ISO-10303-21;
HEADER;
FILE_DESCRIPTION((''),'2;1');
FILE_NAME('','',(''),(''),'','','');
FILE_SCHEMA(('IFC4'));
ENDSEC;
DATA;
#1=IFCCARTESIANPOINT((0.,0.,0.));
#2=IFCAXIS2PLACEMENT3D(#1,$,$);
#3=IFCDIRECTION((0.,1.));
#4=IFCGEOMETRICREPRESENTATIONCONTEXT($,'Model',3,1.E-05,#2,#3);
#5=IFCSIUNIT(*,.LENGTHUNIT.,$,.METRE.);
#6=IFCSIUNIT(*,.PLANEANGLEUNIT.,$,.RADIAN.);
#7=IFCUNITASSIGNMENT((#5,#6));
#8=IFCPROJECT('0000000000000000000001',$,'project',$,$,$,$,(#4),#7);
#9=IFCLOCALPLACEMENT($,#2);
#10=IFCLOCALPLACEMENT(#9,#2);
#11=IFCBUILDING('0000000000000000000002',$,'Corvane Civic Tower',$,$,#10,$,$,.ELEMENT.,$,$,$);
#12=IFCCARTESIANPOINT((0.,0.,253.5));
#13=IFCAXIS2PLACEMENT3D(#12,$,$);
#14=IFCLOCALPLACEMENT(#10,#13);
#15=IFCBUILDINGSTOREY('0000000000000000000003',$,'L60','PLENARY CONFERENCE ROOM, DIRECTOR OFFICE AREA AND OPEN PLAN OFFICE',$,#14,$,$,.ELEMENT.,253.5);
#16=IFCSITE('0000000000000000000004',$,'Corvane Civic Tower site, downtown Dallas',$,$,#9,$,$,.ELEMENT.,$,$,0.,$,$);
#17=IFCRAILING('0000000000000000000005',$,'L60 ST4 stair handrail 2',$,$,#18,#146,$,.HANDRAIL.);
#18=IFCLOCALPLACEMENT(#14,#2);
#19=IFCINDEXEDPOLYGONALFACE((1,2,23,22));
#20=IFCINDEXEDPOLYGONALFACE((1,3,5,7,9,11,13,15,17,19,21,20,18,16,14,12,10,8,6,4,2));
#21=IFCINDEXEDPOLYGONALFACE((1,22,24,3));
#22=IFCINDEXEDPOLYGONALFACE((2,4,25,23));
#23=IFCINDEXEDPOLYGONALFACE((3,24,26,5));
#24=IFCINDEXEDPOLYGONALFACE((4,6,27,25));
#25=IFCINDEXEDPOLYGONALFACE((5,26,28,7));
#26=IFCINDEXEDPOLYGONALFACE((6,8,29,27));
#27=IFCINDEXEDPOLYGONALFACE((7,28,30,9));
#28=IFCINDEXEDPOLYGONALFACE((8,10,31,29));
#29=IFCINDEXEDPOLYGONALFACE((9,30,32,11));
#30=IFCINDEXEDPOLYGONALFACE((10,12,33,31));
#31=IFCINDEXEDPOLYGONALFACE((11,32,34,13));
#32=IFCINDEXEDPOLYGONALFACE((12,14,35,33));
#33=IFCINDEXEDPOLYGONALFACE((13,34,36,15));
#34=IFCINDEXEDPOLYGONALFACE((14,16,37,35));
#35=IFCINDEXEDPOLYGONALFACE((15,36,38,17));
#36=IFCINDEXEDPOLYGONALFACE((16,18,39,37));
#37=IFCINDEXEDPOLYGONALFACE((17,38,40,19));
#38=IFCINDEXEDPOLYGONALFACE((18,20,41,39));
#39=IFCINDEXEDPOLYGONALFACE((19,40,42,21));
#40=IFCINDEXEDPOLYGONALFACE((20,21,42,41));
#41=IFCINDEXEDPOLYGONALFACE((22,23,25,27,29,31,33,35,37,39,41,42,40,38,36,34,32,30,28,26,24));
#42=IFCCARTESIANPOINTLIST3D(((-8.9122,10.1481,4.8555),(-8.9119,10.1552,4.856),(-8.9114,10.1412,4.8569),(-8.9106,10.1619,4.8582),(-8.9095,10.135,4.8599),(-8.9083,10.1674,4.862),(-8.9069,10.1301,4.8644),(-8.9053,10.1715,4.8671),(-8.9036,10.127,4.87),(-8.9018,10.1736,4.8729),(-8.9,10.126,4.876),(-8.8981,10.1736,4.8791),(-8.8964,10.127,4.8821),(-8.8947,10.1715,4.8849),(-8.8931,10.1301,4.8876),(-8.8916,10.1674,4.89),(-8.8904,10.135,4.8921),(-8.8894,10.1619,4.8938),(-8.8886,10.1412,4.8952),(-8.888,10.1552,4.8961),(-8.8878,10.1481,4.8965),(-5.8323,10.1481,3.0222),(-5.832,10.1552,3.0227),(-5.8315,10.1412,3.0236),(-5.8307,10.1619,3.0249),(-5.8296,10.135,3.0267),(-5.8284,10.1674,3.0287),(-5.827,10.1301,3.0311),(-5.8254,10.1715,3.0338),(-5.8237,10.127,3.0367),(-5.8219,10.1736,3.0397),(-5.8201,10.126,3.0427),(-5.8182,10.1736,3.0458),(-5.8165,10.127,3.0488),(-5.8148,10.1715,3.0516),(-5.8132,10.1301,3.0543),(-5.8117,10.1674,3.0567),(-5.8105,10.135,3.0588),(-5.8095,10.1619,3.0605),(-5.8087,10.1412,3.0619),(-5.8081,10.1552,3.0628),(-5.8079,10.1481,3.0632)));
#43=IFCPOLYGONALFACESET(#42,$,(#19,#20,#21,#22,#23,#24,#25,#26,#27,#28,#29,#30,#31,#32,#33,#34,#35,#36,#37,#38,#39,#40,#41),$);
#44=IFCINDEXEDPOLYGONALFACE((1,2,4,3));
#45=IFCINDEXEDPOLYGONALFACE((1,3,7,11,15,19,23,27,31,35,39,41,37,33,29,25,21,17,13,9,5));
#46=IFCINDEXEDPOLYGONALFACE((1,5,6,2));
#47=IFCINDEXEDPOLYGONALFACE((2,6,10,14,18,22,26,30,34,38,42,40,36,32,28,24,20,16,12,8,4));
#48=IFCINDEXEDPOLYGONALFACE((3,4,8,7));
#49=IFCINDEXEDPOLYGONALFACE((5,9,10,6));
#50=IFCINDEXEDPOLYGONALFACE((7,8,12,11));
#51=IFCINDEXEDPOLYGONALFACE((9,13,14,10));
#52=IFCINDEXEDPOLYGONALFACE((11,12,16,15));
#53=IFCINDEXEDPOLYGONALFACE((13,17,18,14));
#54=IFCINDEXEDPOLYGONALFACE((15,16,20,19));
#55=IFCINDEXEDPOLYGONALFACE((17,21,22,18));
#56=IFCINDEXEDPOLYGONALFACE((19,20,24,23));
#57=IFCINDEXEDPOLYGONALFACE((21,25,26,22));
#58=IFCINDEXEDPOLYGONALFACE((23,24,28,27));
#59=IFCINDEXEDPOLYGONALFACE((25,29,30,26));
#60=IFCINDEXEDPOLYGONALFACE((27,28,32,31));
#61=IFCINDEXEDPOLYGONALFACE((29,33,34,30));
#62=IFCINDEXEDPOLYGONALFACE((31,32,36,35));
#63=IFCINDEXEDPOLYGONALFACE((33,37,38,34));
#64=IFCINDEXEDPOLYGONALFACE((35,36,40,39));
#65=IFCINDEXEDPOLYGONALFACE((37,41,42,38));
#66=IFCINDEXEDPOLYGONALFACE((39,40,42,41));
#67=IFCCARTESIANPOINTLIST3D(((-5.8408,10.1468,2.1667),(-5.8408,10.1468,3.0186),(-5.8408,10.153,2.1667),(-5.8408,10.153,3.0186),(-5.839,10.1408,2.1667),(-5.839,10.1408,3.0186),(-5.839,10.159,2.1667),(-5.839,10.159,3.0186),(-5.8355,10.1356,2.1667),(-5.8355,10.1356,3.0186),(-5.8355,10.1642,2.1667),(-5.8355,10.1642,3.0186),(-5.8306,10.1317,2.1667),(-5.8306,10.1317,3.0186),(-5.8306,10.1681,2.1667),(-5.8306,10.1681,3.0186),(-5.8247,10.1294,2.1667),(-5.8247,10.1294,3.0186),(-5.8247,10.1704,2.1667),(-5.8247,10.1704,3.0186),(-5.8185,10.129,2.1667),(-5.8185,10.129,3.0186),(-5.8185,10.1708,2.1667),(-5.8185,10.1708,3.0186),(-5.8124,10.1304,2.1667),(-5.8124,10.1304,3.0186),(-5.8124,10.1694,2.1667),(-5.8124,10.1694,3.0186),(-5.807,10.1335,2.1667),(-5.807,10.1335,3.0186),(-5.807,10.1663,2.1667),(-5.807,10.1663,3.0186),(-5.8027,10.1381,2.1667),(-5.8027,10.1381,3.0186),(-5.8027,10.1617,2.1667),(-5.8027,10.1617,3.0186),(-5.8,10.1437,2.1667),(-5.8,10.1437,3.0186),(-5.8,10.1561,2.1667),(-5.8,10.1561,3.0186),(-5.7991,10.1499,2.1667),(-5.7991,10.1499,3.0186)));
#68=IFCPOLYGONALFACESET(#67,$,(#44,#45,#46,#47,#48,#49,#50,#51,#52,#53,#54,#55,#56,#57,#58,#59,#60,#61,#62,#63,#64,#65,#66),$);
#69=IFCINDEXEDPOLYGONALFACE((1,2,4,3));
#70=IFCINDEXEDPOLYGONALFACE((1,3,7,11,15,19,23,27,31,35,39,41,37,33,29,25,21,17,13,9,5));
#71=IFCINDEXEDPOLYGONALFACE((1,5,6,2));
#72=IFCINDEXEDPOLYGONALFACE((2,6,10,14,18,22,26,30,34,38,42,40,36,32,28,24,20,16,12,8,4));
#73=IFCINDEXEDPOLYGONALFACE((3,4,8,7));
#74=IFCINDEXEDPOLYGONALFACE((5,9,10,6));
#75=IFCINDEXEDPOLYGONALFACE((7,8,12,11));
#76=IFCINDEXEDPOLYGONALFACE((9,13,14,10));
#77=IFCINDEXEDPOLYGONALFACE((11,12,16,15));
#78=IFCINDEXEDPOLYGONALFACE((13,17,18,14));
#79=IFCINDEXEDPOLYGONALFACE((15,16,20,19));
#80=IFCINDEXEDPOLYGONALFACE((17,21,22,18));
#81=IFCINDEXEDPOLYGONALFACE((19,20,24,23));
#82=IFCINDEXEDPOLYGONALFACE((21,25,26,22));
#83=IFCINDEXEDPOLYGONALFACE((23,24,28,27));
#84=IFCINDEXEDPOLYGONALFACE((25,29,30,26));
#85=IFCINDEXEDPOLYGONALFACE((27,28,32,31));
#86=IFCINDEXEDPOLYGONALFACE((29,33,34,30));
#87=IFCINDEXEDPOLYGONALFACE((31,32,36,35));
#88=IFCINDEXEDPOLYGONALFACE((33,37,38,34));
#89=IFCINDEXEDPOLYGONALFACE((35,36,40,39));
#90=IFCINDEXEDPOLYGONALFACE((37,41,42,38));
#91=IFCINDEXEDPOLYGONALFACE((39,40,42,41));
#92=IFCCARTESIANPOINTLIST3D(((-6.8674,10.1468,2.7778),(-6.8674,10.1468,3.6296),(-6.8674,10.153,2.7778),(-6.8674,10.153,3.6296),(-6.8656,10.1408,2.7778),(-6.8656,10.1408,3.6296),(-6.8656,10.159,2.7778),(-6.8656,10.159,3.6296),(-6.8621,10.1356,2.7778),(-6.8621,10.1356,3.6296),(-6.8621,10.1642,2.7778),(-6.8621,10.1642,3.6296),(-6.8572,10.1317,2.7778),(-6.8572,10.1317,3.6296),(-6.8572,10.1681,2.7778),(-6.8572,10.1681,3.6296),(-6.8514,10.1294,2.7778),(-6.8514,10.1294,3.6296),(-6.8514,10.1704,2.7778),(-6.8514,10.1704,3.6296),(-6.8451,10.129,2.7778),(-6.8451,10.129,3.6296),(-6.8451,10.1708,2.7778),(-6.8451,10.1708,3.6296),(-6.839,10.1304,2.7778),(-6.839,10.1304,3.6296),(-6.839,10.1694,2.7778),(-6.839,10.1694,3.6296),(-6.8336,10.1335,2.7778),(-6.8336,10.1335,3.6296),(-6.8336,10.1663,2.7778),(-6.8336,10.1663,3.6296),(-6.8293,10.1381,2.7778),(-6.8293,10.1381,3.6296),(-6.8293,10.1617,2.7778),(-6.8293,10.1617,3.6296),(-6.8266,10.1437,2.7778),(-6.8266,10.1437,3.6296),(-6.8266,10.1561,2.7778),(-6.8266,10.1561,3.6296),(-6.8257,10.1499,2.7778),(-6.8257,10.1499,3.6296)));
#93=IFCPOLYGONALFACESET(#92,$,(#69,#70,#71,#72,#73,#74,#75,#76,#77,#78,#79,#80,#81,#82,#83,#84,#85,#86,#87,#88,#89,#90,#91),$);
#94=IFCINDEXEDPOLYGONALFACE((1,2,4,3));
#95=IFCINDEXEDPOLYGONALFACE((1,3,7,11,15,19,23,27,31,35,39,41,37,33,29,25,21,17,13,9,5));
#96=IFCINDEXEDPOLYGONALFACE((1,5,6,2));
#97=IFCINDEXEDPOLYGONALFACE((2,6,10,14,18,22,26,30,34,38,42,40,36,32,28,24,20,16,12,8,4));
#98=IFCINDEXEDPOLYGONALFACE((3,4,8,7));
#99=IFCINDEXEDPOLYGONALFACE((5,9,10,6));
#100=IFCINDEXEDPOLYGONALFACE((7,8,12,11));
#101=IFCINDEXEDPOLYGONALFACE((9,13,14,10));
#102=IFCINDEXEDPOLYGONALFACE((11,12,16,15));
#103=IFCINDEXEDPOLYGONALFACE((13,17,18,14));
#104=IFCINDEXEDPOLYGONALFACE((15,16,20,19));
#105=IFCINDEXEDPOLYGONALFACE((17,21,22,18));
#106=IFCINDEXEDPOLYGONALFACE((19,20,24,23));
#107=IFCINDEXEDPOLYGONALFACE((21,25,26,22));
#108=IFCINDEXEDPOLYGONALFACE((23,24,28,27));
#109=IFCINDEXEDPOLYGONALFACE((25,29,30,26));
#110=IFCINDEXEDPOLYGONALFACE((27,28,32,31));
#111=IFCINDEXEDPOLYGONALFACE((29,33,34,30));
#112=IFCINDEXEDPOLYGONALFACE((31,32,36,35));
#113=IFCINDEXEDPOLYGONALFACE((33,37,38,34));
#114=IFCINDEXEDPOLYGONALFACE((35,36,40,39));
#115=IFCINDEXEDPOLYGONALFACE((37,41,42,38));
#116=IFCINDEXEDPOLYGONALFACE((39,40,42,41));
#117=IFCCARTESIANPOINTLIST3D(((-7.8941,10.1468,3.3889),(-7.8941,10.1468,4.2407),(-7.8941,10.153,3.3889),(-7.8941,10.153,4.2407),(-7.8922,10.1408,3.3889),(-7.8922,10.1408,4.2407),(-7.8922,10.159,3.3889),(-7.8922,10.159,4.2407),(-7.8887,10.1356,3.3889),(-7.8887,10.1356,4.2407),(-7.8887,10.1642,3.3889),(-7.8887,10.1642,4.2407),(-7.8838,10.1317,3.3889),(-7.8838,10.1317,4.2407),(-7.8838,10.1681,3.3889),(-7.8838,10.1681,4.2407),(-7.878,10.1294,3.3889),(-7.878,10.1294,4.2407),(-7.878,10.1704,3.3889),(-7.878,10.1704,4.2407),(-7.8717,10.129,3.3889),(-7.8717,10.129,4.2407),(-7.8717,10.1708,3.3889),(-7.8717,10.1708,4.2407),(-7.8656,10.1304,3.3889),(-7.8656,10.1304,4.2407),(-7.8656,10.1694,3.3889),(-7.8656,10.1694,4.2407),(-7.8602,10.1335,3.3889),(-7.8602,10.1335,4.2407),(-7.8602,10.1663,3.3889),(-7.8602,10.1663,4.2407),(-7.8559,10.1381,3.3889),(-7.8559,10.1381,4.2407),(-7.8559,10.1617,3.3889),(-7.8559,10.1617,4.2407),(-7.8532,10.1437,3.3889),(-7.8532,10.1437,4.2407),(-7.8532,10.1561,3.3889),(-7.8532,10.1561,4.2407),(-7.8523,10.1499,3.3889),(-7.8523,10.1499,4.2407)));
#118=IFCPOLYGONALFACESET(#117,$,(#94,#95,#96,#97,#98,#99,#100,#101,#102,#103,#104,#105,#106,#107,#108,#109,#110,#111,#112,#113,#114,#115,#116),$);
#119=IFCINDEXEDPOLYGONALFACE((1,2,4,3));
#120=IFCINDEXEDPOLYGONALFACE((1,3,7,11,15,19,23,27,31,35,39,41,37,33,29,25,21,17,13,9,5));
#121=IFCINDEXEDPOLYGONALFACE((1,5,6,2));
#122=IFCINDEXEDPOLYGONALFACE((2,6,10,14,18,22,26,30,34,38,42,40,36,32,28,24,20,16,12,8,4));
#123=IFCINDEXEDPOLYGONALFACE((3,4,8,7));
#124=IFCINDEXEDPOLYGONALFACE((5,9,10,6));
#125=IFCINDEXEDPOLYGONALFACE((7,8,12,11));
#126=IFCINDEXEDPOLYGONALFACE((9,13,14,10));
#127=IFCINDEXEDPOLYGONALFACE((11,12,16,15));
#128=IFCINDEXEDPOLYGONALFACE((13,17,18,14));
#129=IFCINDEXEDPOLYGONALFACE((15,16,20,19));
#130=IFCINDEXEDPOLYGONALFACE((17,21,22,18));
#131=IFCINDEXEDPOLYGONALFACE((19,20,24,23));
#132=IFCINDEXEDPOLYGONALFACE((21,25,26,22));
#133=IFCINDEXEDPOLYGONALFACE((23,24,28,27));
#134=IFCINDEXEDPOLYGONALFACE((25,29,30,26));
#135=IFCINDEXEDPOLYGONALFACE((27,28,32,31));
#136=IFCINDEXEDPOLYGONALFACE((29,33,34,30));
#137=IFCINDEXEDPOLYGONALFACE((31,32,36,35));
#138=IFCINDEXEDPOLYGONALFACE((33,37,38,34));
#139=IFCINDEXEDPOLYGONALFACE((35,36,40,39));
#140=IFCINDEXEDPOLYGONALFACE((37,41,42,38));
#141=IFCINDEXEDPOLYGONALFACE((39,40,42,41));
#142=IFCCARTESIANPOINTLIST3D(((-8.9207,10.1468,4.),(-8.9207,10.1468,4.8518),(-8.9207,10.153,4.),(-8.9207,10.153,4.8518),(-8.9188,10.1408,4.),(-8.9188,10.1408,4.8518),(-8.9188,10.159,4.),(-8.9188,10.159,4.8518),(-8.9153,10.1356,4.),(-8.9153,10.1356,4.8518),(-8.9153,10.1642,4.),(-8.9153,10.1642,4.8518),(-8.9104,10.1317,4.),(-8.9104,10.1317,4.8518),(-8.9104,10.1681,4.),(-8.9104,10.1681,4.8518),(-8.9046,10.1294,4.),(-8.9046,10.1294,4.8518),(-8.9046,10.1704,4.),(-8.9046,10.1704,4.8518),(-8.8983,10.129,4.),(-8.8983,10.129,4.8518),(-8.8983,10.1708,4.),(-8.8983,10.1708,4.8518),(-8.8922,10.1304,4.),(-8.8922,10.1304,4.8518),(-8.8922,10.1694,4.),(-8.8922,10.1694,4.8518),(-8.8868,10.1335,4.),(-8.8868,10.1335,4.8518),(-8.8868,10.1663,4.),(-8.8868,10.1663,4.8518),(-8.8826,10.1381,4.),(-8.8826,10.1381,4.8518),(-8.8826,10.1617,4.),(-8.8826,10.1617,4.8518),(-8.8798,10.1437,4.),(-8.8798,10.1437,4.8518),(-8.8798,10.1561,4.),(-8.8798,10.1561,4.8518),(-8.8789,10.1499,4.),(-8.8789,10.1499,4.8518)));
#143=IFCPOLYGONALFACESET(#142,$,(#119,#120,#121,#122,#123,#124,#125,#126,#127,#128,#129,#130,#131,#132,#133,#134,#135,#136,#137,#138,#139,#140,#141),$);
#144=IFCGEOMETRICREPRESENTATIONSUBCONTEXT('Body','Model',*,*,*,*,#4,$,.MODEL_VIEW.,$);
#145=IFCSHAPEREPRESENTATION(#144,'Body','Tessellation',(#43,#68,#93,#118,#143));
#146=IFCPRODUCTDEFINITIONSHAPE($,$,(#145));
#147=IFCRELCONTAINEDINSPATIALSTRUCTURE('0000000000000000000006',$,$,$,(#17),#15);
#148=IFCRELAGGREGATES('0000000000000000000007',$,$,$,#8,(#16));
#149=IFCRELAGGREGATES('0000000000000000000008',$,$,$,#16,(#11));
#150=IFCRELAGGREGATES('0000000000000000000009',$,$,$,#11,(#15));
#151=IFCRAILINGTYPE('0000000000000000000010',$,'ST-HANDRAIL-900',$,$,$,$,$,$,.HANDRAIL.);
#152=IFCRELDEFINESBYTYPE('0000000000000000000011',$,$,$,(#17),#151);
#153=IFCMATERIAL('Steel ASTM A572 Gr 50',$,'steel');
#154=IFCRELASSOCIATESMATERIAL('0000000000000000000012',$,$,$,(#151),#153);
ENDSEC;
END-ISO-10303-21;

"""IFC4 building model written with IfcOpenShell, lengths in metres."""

from ifc_helpers import new_model, si_unit, direction, frame, origin, origin_2d, place, context, subcontext, project, spatial, circle, extrude, material, type_object, element, save


model = new_model("IFC4")

# Units and contexts
model_context = context("Model", 3, precision=1e-05, world=origin(), true_north=direction((0.0, 1.0)))
body_context = subcontext(model_context, "Body", "Model", "MODEL_VIEW")
ifc_project = project(units=[si_unit("LENGTHUNIT", "METRE"), si_unit("PLANEANGLEUNIT", "RADIAN")], contexts=[model_context])

# Site, building, storey
site_placement = place(None, origin())
site = spatial("IfcSite", under=ifc_project, at=site_placement, Name="Corvane Civic Tower site, downtown Dallas", CompositionType="ELEMENT", RefElevation=0.0)
building_placement = place(site_placement, origin())
building = spatial("IfcBuilding", under=site, at=building_placement, Name="Corvane Civic Tower", CompositionType="ELEMENT")
storey_placement = place(building_placement, frame((0.0, 0.0, 253.5)))
storey = spatial("IfcBuildingStorey", under=building, at=storey_placement, Name="L60", Description="PLENARY CONFERENCE ROOM, DIRECTOR OFFICE AREA AND OPEN PLAN OFFICE", CompositionType="ELEMENT", Elevation=253.5)

# Railing
ifc_material_1 = material(Name="Steel ASTM A572 Gr 50", Category="steel")
railing_type_1 = type_object("IfcRailingType", Name="ST-HANDRAIL-900", PredefinedType="HANDRAIL", material=ifc_material_1)
railing_1_placement = place(storey_placement, frame((-5.8201, 10.1499, 2.1667)))
element("IfcRailing", 1, at=railing_1_placement, inside=storey, type_object=railing_type_1, Name="L60 ST4 stair handrail 2", PredefinedType="HANDRAIL", context=body_context, shape_type="SweptSolid", body=[
    extrude(circle(Radius=0.0239, at=origin_2d()), frame((0.0, 0.0, 0.876), z_axis=(-0.859291, 0.0, 0.511487), x_axis=(0.0, -1.0, 0.0)), (0.0, 0.0, 1.0), 3.5842),
    extrude(circle(Radius=0.021, at=origin_2d()), origin(), (0.0, 0.0, 1.0), 0.8518),
    extrude(circle(Radius=0.021, at=origin_2d()), frame((-1.0266, 0.0, 0.6111)), (0.0, 0.0, 1.0), 0.8518),
    extrude(circle(Radius=0.021, at=origin_2d()), frame((-2.0532, 0.0, 1.2222)), (0.0, 0.0, 1.0), 0.8518),
    extrude(circle(Radius=0.021, at=origin_2d()), frame((-3.0798, 0.0, 1.8333)), (0.0, 0.0, 1.0), 0.8518),
])

save(model, "model.ifc")
